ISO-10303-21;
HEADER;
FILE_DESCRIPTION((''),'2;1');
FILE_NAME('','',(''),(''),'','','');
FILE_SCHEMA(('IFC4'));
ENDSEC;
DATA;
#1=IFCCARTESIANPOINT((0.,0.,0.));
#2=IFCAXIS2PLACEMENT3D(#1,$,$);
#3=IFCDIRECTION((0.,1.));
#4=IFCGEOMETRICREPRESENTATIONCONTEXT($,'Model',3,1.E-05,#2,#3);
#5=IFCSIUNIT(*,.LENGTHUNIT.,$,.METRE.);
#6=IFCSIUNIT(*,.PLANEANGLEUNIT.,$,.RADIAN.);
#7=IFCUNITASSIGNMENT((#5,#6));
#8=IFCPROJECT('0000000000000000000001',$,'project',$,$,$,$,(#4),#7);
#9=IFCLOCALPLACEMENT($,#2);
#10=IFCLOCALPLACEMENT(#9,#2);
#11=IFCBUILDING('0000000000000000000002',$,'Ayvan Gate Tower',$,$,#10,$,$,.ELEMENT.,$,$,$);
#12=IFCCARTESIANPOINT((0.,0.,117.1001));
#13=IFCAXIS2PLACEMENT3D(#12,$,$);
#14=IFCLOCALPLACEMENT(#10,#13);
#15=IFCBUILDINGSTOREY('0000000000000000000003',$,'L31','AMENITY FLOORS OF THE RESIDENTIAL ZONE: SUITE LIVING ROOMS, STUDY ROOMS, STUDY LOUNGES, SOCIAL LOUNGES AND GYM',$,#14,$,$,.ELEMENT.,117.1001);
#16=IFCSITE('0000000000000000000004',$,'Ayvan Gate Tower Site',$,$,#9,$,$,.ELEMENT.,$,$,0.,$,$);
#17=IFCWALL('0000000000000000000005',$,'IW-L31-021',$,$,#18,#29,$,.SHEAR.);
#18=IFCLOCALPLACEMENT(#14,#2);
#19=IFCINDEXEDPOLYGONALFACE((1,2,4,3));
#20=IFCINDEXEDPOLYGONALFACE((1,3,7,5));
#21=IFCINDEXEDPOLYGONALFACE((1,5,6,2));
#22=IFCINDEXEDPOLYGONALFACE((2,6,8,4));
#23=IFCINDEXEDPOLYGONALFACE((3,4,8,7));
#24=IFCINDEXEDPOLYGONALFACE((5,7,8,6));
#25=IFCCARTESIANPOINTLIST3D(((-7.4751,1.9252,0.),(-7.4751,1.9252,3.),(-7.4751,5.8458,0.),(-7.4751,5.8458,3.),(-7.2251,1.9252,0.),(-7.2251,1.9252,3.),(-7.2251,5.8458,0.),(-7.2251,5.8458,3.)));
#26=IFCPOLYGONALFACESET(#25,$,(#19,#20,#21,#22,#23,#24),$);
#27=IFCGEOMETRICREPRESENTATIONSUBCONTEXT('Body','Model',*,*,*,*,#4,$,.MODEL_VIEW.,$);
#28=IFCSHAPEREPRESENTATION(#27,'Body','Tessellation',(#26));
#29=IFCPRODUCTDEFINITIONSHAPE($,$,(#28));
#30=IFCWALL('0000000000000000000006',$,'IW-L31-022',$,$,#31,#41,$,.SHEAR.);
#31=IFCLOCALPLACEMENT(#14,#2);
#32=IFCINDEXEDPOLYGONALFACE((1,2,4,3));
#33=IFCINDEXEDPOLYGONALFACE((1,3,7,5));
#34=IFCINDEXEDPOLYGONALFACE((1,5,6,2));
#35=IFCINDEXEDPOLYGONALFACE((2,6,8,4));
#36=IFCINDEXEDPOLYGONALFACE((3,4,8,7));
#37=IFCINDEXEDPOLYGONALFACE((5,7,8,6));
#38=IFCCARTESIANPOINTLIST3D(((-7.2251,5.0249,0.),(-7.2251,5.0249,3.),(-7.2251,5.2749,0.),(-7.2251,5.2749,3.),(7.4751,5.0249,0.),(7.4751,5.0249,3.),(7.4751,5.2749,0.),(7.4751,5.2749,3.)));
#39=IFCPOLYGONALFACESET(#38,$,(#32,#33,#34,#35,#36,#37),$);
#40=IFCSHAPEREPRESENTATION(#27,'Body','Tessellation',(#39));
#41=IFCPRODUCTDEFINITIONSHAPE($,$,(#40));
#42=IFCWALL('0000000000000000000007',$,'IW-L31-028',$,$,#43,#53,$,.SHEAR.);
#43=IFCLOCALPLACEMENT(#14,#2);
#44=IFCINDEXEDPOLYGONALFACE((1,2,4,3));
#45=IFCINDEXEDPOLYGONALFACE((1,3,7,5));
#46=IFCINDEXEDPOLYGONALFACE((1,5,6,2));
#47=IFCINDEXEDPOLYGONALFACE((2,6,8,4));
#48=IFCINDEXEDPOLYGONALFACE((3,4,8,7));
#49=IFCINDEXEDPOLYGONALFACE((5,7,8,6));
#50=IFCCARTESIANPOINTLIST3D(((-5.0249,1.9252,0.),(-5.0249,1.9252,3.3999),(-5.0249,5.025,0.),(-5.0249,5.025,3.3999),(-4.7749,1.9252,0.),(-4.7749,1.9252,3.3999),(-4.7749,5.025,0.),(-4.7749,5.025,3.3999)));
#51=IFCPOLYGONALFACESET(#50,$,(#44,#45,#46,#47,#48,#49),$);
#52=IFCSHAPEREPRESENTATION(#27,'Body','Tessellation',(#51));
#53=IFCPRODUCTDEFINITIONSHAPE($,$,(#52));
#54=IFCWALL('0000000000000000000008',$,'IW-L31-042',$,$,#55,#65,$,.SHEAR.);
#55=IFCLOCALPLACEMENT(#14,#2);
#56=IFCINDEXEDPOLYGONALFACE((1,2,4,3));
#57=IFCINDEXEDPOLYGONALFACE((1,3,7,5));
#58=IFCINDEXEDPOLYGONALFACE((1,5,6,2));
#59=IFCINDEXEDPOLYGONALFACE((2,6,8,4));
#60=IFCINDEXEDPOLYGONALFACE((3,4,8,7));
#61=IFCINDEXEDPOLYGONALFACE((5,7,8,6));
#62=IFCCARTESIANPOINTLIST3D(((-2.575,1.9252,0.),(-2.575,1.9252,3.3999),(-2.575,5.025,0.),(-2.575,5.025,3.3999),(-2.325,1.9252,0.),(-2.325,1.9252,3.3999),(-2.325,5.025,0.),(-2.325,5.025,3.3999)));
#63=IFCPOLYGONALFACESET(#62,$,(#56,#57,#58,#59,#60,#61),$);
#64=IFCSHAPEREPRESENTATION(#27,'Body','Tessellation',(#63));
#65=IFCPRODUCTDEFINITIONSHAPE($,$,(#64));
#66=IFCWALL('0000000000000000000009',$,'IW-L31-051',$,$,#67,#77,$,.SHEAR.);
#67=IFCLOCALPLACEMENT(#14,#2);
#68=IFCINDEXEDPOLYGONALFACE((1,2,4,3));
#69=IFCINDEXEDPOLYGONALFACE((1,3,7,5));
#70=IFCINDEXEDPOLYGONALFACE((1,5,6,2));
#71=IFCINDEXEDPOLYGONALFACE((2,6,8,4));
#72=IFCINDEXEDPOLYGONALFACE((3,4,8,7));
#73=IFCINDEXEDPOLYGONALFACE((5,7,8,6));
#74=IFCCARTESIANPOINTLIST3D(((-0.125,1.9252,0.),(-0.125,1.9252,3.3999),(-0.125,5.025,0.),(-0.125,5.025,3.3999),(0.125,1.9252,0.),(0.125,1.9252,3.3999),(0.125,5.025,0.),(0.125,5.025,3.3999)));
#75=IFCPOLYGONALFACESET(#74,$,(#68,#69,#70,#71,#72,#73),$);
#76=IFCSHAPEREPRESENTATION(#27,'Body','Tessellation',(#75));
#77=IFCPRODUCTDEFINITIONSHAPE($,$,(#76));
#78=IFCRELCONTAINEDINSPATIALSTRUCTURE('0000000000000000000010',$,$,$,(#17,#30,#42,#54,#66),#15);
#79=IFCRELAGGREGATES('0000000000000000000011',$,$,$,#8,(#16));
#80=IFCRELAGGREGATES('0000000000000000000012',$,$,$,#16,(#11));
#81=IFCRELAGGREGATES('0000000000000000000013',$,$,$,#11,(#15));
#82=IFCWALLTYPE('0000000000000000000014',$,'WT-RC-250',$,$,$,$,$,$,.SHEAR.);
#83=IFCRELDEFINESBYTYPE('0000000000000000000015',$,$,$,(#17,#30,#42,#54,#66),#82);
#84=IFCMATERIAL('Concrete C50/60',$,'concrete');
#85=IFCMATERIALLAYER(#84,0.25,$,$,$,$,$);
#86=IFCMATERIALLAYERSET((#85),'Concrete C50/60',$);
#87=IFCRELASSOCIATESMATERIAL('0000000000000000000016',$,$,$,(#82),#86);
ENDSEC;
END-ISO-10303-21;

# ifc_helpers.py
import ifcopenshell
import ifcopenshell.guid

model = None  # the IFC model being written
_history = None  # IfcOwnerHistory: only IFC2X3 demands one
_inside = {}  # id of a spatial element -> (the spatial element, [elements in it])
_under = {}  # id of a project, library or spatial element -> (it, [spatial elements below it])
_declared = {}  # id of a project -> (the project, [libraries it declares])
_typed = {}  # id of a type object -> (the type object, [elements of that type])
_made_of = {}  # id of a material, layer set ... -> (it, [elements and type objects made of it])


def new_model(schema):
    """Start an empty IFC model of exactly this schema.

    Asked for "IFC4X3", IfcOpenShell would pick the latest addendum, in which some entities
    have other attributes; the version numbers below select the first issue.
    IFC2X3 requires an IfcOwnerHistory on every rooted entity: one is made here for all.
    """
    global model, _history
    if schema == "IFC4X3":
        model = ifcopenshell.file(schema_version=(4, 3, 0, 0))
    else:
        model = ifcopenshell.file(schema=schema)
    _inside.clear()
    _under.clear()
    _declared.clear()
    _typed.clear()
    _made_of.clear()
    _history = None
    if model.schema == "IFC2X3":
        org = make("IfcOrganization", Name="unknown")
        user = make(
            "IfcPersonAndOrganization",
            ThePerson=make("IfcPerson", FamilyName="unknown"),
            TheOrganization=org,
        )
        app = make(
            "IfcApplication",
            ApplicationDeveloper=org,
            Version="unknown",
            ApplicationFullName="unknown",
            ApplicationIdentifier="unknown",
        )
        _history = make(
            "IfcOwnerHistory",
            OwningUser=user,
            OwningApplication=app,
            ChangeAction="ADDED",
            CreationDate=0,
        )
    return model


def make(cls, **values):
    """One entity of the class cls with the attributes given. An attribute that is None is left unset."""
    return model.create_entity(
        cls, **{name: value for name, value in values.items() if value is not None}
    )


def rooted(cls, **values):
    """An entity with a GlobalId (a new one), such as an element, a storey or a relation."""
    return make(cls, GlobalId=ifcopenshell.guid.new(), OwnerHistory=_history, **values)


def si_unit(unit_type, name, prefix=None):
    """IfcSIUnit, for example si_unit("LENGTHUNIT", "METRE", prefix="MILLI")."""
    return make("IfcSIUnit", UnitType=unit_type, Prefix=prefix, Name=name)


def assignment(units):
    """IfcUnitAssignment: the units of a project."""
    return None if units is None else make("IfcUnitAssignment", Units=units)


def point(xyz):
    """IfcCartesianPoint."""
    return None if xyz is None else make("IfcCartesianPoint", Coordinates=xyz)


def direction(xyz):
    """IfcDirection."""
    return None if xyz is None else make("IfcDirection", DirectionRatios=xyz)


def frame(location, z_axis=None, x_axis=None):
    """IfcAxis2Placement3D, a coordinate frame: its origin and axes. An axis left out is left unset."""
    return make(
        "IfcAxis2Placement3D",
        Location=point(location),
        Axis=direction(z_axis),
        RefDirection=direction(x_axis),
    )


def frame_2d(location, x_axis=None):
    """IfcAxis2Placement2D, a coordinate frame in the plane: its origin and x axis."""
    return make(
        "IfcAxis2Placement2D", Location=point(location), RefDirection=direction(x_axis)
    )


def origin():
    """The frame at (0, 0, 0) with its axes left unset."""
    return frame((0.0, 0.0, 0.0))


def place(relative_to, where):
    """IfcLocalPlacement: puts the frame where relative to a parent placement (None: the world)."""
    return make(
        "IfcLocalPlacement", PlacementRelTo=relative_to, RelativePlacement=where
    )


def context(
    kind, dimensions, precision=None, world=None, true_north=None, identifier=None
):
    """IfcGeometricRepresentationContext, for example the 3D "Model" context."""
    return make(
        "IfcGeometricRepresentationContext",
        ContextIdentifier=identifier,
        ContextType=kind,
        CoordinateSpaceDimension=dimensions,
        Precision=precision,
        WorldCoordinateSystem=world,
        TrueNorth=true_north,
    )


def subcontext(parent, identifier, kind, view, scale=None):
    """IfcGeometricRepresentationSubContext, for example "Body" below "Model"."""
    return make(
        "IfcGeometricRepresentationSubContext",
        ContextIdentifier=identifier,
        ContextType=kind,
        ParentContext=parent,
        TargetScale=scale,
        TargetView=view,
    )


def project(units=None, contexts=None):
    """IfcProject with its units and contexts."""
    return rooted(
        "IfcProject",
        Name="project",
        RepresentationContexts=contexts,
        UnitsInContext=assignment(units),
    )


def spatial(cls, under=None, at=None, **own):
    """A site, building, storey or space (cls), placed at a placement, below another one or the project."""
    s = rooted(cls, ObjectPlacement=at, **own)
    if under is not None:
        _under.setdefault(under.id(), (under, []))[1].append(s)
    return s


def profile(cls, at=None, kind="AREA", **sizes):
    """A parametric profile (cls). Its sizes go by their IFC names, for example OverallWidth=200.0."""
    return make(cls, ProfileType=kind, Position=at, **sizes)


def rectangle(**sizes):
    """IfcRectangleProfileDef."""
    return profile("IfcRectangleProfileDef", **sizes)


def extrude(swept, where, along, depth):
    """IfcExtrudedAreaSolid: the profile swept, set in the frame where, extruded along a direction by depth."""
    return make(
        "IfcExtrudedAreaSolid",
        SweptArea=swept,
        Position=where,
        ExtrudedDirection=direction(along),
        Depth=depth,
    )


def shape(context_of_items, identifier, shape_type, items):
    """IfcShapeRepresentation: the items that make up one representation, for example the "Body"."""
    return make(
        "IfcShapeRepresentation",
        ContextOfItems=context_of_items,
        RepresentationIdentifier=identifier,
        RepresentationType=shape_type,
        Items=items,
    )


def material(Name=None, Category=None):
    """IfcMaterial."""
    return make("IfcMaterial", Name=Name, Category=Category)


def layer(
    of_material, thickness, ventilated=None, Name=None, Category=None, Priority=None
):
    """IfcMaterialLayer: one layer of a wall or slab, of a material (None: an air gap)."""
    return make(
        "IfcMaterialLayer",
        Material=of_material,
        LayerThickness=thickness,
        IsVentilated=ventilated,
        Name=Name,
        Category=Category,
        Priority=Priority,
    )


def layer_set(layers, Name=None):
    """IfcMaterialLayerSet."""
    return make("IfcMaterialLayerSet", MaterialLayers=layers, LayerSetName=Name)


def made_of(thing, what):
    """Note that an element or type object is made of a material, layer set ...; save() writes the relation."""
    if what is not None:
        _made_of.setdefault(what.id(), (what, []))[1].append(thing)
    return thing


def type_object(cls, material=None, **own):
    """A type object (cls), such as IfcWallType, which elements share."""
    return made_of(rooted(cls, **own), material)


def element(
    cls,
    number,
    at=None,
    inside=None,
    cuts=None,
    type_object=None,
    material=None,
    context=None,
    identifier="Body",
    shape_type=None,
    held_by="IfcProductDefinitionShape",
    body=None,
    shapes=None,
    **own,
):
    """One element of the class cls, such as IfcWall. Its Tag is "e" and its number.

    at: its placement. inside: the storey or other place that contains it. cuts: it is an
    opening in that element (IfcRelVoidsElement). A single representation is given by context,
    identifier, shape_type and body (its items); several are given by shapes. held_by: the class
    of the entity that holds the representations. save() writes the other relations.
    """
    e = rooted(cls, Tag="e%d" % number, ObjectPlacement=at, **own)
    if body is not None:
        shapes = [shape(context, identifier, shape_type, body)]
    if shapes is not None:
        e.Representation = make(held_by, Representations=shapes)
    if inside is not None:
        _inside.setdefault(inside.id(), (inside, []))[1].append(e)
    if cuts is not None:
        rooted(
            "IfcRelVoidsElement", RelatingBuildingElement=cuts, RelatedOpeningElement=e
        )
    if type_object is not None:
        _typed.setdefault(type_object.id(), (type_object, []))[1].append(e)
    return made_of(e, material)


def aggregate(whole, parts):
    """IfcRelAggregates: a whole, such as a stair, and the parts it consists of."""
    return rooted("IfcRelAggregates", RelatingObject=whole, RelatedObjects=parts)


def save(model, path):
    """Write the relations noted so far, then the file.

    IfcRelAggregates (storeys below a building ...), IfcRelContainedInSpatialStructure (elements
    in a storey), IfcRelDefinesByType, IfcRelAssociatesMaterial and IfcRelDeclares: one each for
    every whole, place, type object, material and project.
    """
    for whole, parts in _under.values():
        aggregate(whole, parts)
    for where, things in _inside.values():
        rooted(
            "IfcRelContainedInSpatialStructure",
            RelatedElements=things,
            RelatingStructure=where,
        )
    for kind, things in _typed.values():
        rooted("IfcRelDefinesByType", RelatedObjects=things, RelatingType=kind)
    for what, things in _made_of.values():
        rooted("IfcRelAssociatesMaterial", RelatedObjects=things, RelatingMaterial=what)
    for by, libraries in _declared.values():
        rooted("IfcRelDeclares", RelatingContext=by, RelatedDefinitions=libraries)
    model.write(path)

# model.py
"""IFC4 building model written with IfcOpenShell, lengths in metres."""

from ifc_helpers import new_model, si_unit, direction, frame, frame_2d, origin, place, context, subcontext, project, spatial, rectangle, extrude, material, layer, layer_set, type_object, element, save


model = new_model("IFC4")

# Units and contexts
model_context = context("Model", 3, precision=1e-05, world=origin(), true_north=direction((0.0, 1.0)))
body_context = subcontext(model_context, "Body", "Model", "MODEL_VIEW")
ifc_project = project(units=[si_unit("LENGTHUNIT", "METRE"), si_unit("PLANEANGLEUNIT", "RADIAN")], contexts=[model_context])

# Site, building, storey
site_placement = place(None, origin())
site = spatial("IfcSite", under=ifc_project, at=site_placement, Name="Ayvan Gate Tower Site", CompositionType="ELEMENT", RefElevation=0.0)
building_placement = place(site_placement, origin())
building = spatial("IfcBuilding", under=site, at=building_placement, Name="Ayvan Gate Tower", CompositionType="ELEMENT")
storey_placement = place(building_placement, frame((0.0, 0.0, 117.1001)))
storey = spatial("IfcBuildingStorey", under=building, at=storey_placement, Name="L31", Description="AMENITY FLOORS OF THE RESIDENTIAL ZONE: SUITE LIVING ROOMS, STUDY ROOMS, STUDY LOUNGES, SOCIAL LOUNGES AND GYM", CompositionType="ELEMENT", Elevation=117.1001)

# Walls
ifc_material_1 = material(Name="Concrete C50/60", Category="concrete")
ifc_layer_1 = layer(ifc_material_1, 0.25)
ifc_layer_set_1 = layer_set([ifc_layer_1], Name="Concrete C50/60")
wall_type_1 = type_object("IfcWallType", Name="WT-RC-250", PredefinedType="SHEAR", material=ifc_layer_set_1)
wall_1_placement = place(storey_placement, frame((-7.3501, 1.925, 0.0), z_axis=(0.0, 0.0, 1.0), x_axis=(0.0, 1.0, 0.0)))
element("IfcWall", 1, at=wall_1_placement, inside=storey, type_object=wall_type_1, Name="IW-L31-021", PredefinedType="SHEAR", context=body_context, shape_type="SweptSolid", body=[
    extrude(rectangle(XDim=3.9207, YDim=0.25, at=frame_2d((1.9604, 0.0))), origin(), (0.0, 0.0, 1.0), 3.0),
])
wall_2_placement = place(storey_placement, frame((-7.2251, 5.1499, 0.0), z_axis=(0.0, 0.0, 1.0), x_axis=(1.0, 0.0, 0.0)))
element("IfcWall", 2, at=wall_2_placement, inside=storey, type_object=wall_type_1, Name="IW-L31-022", PredefinedType="SHEAR", context=body_context, shape_type="SweptSolid", body=[
    extrude(rectangle(XDim=14.7002, YDim=0.25, at=frame_2d((7.3501, 0.0))), origin(), (0.0, 0.0, 1.0), 3.0),
])
for number, where, z_axis, x_axis, name in (
    (3, (-4.8999, 5.0249, 0.0), (0.0, 0.0, 1.0), (0.0, -1.0, 0.0), "IW-L31-028"),
    (4, (-2.45, 5.0249, 0.0), (0.0, 0.0, 1.0), (0.0, -1.0, 0.0), "IW-L31-042"),
    (5, (0.0, 5.0249, 0.0), (0.0, 0.0, 1.0), (0.0, -1.0, 0.0), "IW-L31-051"),
):
    element("IfcWall", number, at=place(storey_placement, frame(where, z_axis=z_axis, x_axis=x_axis)), inside=storey, type_object=wall_type_1, Name=name, PredefinedType="SHEAR", context=body_context, shape_type="SweptSolid", body=[
        extrude(rectangle(XDim=3.0999, YDim=0.25, at=frame_2d((1.5498, 0.0))), origin(), (0.0, 0.0, 1.0), 3.3999),
    ])

save(model, "model.ifc")
